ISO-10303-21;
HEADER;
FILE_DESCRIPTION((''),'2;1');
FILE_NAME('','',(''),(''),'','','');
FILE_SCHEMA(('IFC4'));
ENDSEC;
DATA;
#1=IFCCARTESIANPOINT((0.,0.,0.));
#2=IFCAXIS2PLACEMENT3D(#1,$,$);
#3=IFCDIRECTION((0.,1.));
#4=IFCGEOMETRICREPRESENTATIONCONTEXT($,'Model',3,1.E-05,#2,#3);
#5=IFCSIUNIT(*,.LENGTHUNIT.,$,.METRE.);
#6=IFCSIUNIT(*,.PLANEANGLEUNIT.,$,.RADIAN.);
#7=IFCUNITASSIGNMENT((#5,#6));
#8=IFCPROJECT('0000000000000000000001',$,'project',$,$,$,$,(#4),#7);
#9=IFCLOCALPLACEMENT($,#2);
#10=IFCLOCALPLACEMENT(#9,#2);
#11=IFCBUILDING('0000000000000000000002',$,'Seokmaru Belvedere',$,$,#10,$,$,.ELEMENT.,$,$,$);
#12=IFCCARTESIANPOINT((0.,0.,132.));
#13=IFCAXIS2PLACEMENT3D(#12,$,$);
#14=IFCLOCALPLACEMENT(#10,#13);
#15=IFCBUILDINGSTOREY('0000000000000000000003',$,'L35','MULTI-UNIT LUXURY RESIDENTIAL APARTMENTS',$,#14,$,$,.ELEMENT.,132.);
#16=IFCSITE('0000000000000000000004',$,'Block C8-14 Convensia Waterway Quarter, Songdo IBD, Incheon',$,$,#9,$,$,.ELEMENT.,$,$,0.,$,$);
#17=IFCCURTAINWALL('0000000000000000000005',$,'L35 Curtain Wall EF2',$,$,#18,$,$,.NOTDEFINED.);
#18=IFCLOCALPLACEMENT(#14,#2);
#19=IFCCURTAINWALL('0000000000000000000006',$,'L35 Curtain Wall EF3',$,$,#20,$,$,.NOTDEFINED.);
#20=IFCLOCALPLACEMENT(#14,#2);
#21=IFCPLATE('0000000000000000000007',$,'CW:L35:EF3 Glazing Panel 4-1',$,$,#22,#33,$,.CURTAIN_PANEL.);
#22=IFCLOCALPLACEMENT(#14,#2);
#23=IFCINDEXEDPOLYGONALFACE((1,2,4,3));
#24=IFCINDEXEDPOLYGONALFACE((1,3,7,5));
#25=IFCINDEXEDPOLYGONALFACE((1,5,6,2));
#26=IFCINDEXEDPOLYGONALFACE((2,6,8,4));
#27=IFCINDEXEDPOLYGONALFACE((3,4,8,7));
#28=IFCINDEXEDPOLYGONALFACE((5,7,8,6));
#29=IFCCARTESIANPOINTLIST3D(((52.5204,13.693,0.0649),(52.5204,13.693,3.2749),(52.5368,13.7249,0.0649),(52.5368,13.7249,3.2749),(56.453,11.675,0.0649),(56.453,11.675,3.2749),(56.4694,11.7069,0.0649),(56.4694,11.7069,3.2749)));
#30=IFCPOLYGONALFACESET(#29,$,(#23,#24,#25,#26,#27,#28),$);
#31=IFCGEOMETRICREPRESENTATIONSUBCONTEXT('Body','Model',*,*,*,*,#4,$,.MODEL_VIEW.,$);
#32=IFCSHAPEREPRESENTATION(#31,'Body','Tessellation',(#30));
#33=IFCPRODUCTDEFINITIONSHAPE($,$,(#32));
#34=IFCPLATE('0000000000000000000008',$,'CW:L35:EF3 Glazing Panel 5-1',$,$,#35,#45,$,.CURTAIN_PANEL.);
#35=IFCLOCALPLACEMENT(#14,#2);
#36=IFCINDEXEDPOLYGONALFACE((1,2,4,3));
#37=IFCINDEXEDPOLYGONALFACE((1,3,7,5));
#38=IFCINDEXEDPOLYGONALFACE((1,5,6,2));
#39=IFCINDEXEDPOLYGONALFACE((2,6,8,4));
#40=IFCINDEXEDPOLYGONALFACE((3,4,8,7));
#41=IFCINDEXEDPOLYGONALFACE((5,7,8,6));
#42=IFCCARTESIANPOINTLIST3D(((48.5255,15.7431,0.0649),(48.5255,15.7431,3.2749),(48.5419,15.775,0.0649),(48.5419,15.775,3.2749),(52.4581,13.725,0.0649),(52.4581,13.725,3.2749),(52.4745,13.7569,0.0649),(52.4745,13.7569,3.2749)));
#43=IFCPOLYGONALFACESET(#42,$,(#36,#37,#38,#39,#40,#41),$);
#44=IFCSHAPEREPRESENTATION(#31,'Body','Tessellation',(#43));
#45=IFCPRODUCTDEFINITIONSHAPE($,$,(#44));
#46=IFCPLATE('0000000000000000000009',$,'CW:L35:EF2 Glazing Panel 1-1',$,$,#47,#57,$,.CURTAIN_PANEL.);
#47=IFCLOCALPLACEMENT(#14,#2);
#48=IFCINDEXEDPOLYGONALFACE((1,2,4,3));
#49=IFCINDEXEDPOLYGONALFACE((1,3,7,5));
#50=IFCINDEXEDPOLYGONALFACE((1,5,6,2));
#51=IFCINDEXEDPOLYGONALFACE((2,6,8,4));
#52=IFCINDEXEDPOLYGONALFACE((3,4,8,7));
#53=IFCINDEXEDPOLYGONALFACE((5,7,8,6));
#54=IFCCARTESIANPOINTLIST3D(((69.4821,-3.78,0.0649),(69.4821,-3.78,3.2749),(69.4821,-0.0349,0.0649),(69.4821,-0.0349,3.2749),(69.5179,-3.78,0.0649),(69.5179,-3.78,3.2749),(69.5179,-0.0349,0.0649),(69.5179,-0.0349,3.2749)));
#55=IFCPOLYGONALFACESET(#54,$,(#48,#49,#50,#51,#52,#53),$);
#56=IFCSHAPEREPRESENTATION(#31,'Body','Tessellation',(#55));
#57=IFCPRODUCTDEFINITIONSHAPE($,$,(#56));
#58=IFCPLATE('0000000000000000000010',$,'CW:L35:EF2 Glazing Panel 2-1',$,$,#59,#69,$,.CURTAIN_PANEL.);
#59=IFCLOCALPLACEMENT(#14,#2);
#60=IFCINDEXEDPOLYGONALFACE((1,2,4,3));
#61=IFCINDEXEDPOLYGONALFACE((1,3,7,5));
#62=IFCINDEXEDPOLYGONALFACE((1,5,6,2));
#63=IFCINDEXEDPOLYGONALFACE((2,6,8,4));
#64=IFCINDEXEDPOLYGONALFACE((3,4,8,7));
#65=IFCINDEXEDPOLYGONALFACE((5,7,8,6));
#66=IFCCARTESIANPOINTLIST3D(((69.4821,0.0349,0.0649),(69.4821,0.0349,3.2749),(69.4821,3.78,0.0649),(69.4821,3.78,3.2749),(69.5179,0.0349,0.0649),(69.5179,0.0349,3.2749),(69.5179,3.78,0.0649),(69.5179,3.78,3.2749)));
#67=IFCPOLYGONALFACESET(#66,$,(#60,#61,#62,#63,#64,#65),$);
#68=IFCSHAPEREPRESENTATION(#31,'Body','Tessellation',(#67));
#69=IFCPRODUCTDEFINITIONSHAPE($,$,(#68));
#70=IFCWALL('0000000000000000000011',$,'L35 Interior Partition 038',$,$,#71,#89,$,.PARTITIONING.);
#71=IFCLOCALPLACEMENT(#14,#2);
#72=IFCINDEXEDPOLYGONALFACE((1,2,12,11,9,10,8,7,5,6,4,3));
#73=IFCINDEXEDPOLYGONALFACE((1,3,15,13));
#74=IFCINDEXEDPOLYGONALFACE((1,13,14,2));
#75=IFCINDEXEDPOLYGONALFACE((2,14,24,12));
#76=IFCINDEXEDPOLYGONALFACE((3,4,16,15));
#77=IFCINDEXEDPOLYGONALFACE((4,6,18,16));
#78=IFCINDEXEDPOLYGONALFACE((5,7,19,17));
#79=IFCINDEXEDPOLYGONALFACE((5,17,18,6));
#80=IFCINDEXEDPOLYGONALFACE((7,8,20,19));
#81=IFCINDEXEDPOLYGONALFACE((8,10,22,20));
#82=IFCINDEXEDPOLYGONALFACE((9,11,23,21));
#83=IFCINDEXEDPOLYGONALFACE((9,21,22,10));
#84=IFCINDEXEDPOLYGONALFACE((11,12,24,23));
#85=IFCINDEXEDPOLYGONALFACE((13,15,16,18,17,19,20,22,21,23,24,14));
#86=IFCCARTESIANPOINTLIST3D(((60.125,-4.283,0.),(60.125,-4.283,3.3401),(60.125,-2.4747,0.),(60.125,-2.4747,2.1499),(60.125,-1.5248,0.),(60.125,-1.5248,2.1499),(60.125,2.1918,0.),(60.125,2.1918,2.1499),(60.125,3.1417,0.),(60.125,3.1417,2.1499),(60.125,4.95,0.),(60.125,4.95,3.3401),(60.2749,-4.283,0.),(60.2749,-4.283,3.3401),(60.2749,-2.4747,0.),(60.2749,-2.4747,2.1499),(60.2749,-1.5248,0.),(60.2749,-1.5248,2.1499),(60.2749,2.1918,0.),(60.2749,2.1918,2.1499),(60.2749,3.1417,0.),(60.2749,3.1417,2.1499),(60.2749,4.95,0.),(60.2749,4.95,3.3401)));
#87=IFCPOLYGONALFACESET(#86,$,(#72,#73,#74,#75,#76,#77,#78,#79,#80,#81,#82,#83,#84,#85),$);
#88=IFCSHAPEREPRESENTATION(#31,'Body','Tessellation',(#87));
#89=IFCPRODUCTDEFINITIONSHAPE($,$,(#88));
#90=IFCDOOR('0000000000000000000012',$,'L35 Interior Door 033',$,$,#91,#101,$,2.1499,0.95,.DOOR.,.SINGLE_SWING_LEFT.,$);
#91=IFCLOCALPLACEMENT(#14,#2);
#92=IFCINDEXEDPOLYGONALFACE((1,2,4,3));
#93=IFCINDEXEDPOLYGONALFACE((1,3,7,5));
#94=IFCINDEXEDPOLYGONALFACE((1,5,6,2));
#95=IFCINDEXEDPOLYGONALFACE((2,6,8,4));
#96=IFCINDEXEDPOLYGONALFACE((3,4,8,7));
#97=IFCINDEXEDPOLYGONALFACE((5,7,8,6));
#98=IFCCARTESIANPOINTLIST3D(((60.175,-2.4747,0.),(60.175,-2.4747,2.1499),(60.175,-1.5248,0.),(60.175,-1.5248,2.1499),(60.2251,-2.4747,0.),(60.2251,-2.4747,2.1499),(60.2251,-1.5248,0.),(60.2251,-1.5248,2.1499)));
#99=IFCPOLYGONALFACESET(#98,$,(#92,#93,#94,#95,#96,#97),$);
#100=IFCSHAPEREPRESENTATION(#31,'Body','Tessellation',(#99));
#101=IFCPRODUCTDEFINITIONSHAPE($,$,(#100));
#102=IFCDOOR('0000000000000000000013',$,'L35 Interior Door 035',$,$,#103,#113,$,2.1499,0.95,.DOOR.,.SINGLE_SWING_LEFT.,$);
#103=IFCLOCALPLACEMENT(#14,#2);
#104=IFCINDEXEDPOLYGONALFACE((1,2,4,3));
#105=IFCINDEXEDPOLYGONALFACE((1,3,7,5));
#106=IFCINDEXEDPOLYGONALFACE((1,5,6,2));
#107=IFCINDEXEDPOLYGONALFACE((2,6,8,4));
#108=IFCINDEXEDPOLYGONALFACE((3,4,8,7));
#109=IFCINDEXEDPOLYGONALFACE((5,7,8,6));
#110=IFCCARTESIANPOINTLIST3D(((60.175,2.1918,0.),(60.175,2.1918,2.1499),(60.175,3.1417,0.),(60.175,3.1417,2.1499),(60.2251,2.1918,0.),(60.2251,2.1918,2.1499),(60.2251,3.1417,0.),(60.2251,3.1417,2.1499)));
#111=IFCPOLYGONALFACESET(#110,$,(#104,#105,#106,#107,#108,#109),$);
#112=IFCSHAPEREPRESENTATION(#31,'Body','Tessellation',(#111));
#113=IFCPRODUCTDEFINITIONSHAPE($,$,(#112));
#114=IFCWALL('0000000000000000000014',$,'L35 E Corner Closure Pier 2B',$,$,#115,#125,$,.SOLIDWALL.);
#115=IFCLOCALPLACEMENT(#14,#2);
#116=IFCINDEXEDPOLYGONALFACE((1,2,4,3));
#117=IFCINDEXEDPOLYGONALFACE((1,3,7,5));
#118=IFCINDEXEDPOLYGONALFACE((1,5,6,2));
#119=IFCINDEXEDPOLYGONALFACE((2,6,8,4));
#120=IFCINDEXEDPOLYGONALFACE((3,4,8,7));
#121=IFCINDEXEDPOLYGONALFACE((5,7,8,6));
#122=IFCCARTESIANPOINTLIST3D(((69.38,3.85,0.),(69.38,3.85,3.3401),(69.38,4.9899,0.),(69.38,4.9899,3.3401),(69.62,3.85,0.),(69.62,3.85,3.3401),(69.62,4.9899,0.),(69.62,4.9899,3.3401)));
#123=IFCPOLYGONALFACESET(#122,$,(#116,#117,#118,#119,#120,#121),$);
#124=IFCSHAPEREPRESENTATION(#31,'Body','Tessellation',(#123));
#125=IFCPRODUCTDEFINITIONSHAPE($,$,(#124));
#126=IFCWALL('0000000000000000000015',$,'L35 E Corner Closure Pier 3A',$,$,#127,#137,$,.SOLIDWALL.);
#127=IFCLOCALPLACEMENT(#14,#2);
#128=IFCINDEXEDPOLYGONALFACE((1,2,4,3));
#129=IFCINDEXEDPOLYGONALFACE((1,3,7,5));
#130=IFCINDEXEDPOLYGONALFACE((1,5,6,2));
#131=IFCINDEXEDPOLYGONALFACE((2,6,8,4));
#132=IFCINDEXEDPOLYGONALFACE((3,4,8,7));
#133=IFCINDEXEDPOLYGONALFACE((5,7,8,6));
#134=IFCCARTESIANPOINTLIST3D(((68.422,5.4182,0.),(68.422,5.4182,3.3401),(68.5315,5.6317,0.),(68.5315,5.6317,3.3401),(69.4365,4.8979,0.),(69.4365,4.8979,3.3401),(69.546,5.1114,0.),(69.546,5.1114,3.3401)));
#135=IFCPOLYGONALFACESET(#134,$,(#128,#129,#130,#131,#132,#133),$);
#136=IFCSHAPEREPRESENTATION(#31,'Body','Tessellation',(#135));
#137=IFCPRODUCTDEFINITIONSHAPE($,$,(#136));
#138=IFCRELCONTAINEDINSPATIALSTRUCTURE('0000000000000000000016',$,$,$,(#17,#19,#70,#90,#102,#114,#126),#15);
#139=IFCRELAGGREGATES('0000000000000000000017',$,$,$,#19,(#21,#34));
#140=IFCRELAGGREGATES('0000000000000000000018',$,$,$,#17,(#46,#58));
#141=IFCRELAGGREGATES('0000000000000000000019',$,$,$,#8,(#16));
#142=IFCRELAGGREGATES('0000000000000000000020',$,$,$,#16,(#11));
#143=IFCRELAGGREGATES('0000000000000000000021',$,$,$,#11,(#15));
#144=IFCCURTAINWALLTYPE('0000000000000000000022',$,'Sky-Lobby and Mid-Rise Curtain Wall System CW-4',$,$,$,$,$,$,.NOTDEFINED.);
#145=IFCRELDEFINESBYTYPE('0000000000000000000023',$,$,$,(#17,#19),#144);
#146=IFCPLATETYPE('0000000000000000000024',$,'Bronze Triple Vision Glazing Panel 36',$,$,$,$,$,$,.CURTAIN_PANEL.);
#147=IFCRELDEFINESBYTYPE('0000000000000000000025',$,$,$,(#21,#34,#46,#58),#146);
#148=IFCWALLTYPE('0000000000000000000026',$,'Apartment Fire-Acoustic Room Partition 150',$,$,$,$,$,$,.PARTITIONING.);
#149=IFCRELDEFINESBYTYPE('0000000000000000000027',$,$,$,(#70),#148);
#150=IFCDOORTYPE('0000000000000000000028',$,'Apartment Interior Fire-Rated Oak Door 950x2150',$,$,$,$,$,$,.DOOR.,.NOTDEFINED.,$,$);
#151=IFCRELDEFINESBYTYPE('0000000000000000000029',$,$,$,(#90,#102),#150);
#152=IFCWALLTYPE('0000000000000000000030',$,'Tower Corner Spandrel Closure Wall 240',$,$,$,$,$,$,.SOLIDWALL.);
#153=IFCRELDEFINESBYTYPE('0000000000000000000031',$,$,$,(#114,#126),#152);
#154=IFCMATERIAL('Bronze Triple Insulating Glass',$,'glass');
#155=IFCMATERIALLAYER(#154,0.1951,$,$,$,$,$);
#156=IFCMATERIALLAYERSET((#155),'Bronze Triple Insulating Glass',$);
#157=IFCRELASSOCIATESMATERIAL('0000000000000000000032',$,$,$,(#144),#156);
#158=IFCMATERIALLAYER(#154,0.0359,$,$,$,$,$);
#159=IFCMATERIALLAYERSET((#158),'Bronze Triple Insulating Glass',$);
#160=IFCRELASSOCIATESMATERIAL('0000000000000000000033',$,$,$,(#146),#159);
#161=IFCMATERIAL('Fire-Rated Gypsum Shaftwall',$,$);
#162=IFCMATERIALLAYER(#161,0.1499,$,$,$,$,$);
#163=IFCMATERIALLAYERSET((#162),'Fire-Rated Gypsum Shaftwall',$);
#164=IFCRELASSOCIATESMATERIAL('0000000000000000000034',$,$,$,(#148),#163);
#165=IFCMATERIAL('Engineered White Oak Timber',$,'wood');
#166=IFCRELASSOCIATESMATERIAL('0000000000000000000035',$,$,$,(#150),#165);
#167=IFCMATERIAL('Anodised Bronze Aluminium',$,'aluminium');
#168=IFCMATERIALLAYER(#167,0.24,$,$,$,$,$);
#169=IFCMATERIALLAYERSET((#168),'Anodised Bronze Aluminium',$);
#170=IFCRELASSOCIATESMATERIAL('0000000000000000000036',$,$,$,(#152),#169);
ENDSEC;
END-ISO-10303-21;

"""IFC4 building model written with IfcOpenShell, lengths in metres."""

from ifc_helpers import new_model, si_unit, direction, frame, frame_2d, origin, origin_2d, place, context, subcontext, project, spatial, rectangle, extrude, source, transform, mapped, material, layer, layer_set, type_object, type_shapes, element, fill, aggregate, save


model = new_model("IFC4")

# Units and contexts
model_context = context("Model", 3, precision=1e-05, world=origin(), true_north=direction((0.0, 1.0)))
body_context = subcontext(model_context, "Body", "Model", "MODEL_VIEW")
ifc_project = project(units=[si_unit("LENGTHUNIT", "METRE"), si_unit("PLANEANGLEUNIT", "RADIAN")], contexts=[model_context])

# Site, building, storey
site_placement = place(None, origin())
site = spatial("IfcSite", under=ifc_project, at=site_placement, Name="Block C8-14 Convensia Waterway Quarter, Songdo IBD, Incheon", CompositionType="ELEMENT", RefElevation=0.0)
building_placement = place(site_placement, origin())
building = spatial("IfcBuilding", under=site, at=building_placement, Name="Seokmaru Belvedere", CompositionType="ELEMENT")
storey_placement = place(building_placement, frame((0.0, 0.0, 132.0)))
storey = spatial("IfcBuildingStorey", under=building, at=storey_placement, Name="L35", Description="MULTI-UNIT LUXURY RESIDENTIAL APARTMENTS", CompositionType="ELEMENT", Elevation=132.0)

# Curtain walls
ifc_material_1 = material(Name="Bronze Triple Insulating Glass", Category="glass")
ifc_layer_1 = layer(ifc_material_1, 0.1951)
ifc_layer_set_1 = layer_set([ifc_layer_1], Name="Bronze Triple Insulating Glass")
curtain_wall_type = type_object("IfcCurtainWallType", Name="Sky-Lobby and Mid-Rise Curtain Wall System CW-4", PredefinedType="NOTDEFINED", material=ifc_layer_set_1)
curtain_wall_1_placement = place(storey_placement, origin())
curtain_wall_1 = element("IfcCurtainWall", 1, at=curtain_wall_1_placement, inside=storey, type_object=curtain_wall_type, Name="L35 Curtain Wall EF2", PredefinedType="NOTDEFINED")
ifc_material_2 = material(Name="Anodised Bronze Aluminium", Category="aluminium")
curtain_wall_2_placement = place(storey_placement, origin())
curtain_wall_2 = element("IfcCurtainWall", 2, at=curtain_wall_2_placement, inside=storey, type_object=curtain_wall_type, Name="L35 Curtain Wall EF3", PredefinedType="NOTDEFINED")

# Plates
ifc_layer_2 = layer(ifc_material_1, 0.0359)
ifc_layer_set_2 = layer_set([ifc_layer_2], Name="Bronze Triple Insulating Glass")
plate_type = type_object("IfcPlateType", Name="Bronze Triple Vision Glazing Panel 36", PredefinedType="CURTAIN_PANEL", material=ifc_layer_set_2)
shared_shape_1 = source(origin(), body_context, "Body", "SweptSolid", [
    extrude(rectangle(XDim=4.4202, YDim=0.0359, at=origin_2d()), origin(), (0.0, 0.0, 1.0), 3.21),
])
plate_1_placement = place(storey_placement, frame((54.4949, 12.7, 0.0649), z_axis=(0.0, 0.0, 1.0), x_axis=(-0.889695, 0.456555, 0.0)))
plate_1 = element("IfcPlate", 3, at=plate_1_placement, type_object=plate_type, Name="CW:L35:EF3 Glazing Panel 4-1", PredefinedType="CURTAIN_PANEL", context=body_context, shape_type="MappedRepresentation", body=[
    mapped(shared_shape_1, transform((0.0, 0.0, 0.0), scale=1.0)),
])
plate_2_placement = place(storey_placement, frame((50.5, 14.75, 0.0649), z_axis=(0.0, 0.0, 1.0), x_axis=(-0.889695, 0.456555, 0.0)))
plate_2 = element("IfcPlate", 4, at=plate_2_placement, type_object=plate_type, Name="CW:L35:EF3 Glazing Panel 5-1", PredefinedType="CURTAIN_PANEL", context=body_context, shape_type="MappedRepresentation", body=[
    mapped(shared_shape_1, transform((0.0, 0.0, 0.0), scale=1.0)),
])
aggregate(curtain_wall_2, [plate_1, plate_2])
shared_shape_2 = source(origin(), body_context, "Body", "SweptSolid", [
    extrude(rectangle(XDim=3.7451, YDim=0.0359, at=origin_2d()), origin(), (0.0, 0.0, 1.0), 3.21),
])
plate_3_placement = place(storey_placement, frame((69.5, -1.9075, 0.0649), z_axis=(0.0, 0.0, 1.0), x_axis=(0.0, 1.0, 0.0)))
plate_3 = element("IfcPlate", 5, at=plate_3_placement, type_object=plate_type, Name="CW:L35:EF2 Glazing Panel 1-1", PredefinedType="CURTAIN_PANEL", context=body_context, shape_type="MappedRepresentation", body=[
    mapped(shared_shape_2, transform((0.0, 0.0, 0.0), scale=1.0)),
])
plate_4_placement = place(storey_placement, frame((69.5, 1.9075, 0.0649), z_axis=(0.0, 0.0, 1.0), x_axis=(0.0, 1.0, 0.0)))
plate_4 = element("IfcPlate", 6, at=plate_4_placement, type_object=plate_type, Name="CW:L35:EF2 Glazing Panel 2-1", PredefinedType="CURTAIN_PANEL", context=body_context, shape_type="MappedRepresentation", body=[
    mapped(shared_shape_2, transform((0.0, 0.0, 0.0), scale=1.0)),
])
aggregate(curtain_wall_1, [plate_3, plate_4])

# Wall, openings, doors
ifc_material_3 = material(Name="Fire-Rated Gypsum Shaftwall")
ifc_layer_3 = layer(ifc_material_3, 0.1499)
ifc_layer_set_3 = layer_set([ifc_layer_3], Name="Fire-Rated Gypsum Shaftwall")
wall_type_1 = type_object("IfcWallType", Name="Apartment Fire-Acoustic Room Partition 150", PredefinedType="PARTITIONING", material=ifc_layer_set_3)
wall_1_placement = place(storey_placement, frame((60.2, -4.283, 0.0), z_axis=(0.0, 0.0, 1.0), x_axis=(0.0, 1.0, 0.0)))
wall_1 = element("IfcWall", 7, at=wall_1_placement, inside=storey, type_object=wall_type_1, Name="L35 Interior Partition 038", PredefinedType="PARTITIONING", context=body_context, shape_type="SweptSolid", body=[
    extrude(rectangle(XDim=9.2329, YDim=0.1499, at=frame_2d((4.6165, 0.0))), origin(), (0.0, 0.0, 1.0), 3.3401),
])
opening_1_placement = place(wall_1_placement, frame((1.8081, 0.0, 0.0)))
opening_1 = element("IfcOpeningElement", 8, at=opening_1_placement, cuts=wall_1, PredefinedType="OPENING", context=body_context, shape_type="SweptSolid", body=[
    extrude(rectangle(XDim=0.95, YDim=2.1499, at=frame_2d((0.4751, 1.075))), frame((0.0, 0.085, 0.0), z_axis=(0.0, -1.0, 0.0), x_axis=(1.0, 0.0, 0.0)), (0.0, 0.0, 1.0), 0.1699),
])
opening_2_placement = place(wall_1_placement, frame((6.4746, 0.0, 0.0)))
opening_2 = element("IfcOpeningElement", 9, at=opening_2_placement, cuts=wall_1, PredefinedType="OPENING", context=body_context, shape_type="SweptSolid", body=[
    extrude(rectangle(XDim=0.95, YDim=2.1499, at=frame_2d((0.4751, 1.075))), frame((0.0, 0.085, 0.0), z_axis=(0.0, -1.0, 0.0), x_axis=(1.0, 0.0, 0.0)), (0.0, 0.0, 1.0), 0.1699),
])
ifc_material_4 = material(Name="Engineered White Oak Timber", Category="wood")
door_type = type_object("IfcDoorType", Name="Apartment Interior Fire-Rated Oak Door 950x2150", OperationType="NOTDEFINED", PredefinedType="DOOR", material=ifc_material_4)
shared_shape_3 = source(origin(), body_context, "Body", "SweptSolid", [
    extrude(rectangle(XDim=0.95, YDim=2.1499, at=frame_2d((0.4751, 1.075))), frame((0.0, 0.0249, 0.0), z_axis=(0.0, -1.0, 0.0), x_axis=(1.0, 0.0, 0.0)), (0.0, 0.0, 1.0), 0.05),
])
type_shapes(door_type, [shared_shape_3])
door_1_placement = place(opening_1_placement, origin())
door_1 = element("IfcDoor", 10, at=door_1_placement, inside=storey, type_object=door_type, Name="L35 Interior Door 033", OperationType="SINGLE_SWING_LEFT", OverallHeight=2.1499, OverallWidth=0.95, PredefinedType="DOOR", context=body_context, shape_type="MappedRepresentation", body=[
    mapped(shared_shape_3, transform((0.0, 0.0, 0.0), scale=1.0)),
])
fill(opening_1, door_1)
door_2_placement = place(opening_2_placement, origin())
door_2 = element("IfcDoor", 11, at=door_2_placement, inside=storey, type_object=door_type, Name="L35 Interior Door 035", OperationType="SINGLE_SWING_LEFT", OverallHeight=2.1499, OverallWidth=0.95, PredefinedType="DOOR", context=body_context, shape_type="MappedRepresentation", body=[
    mapped(shared_shape_3, transform((0.0, 0.0, 0.0), scale=1.0)),
])
fill(opening_2, door_2)

# Walls
ifc_layer_4 = layer(ifc_material_2, 0.24)
ifc_layer_set_4 = layer_set([ifc_layer_4], Name="Anodised Bronze Aluminium")
wall_type_2 = type_object("IfcWallType", Name="Tower Corner Spandrel Closure Wall 240", PredefinedType="SOLIDWALL", material=ifc_layer_set_4)
wall_2_placement = place(storey_placement, frame((69.5, 3.8501, 0.0), z_axis=(0.0, 0.0, 1.0), x_axis=(0.0, 1.0, 0.0)))
element("IfcWall", 12, at=wall_2_placement, inside=storey, type_object=wall_type_2, Name="L35 E Corner Closure Pier 2B", PredefinedType="SOLIDWALL", context=body_context, shape_type="SweptSolid", body=[
    extrude(rectangle(XDim=1.1399, YDim=0.24, at=frame_2d((0.5698, 0.0))), origin(), (0.0, 0.0, 1.0), 3.3401),
])
wall_3_placement = place(storey_placement, frame((69.4912, 5.0046, 0.0), z_axis=(0.0, 0.0, 1.0), x_axis=(-0.889797, 0.456356, 0.0)))
element("IfcWall", 13, at=wall_3_placement, inside=storey, type_object=wall_type_2, Name="L35 E Corner Closure Pier 3A", PredefinedType="SOLIDWALL", context=body_context, shape_type="SweptSolid", body=[
    extrude(rectangle(XDim=1.1401, YDim=0.24, at=frame_2d((0.5701, 0.0))), origin(), (0.0, 0.0, 1.0), 3.3401),
])

save(model, "model.ifc")
